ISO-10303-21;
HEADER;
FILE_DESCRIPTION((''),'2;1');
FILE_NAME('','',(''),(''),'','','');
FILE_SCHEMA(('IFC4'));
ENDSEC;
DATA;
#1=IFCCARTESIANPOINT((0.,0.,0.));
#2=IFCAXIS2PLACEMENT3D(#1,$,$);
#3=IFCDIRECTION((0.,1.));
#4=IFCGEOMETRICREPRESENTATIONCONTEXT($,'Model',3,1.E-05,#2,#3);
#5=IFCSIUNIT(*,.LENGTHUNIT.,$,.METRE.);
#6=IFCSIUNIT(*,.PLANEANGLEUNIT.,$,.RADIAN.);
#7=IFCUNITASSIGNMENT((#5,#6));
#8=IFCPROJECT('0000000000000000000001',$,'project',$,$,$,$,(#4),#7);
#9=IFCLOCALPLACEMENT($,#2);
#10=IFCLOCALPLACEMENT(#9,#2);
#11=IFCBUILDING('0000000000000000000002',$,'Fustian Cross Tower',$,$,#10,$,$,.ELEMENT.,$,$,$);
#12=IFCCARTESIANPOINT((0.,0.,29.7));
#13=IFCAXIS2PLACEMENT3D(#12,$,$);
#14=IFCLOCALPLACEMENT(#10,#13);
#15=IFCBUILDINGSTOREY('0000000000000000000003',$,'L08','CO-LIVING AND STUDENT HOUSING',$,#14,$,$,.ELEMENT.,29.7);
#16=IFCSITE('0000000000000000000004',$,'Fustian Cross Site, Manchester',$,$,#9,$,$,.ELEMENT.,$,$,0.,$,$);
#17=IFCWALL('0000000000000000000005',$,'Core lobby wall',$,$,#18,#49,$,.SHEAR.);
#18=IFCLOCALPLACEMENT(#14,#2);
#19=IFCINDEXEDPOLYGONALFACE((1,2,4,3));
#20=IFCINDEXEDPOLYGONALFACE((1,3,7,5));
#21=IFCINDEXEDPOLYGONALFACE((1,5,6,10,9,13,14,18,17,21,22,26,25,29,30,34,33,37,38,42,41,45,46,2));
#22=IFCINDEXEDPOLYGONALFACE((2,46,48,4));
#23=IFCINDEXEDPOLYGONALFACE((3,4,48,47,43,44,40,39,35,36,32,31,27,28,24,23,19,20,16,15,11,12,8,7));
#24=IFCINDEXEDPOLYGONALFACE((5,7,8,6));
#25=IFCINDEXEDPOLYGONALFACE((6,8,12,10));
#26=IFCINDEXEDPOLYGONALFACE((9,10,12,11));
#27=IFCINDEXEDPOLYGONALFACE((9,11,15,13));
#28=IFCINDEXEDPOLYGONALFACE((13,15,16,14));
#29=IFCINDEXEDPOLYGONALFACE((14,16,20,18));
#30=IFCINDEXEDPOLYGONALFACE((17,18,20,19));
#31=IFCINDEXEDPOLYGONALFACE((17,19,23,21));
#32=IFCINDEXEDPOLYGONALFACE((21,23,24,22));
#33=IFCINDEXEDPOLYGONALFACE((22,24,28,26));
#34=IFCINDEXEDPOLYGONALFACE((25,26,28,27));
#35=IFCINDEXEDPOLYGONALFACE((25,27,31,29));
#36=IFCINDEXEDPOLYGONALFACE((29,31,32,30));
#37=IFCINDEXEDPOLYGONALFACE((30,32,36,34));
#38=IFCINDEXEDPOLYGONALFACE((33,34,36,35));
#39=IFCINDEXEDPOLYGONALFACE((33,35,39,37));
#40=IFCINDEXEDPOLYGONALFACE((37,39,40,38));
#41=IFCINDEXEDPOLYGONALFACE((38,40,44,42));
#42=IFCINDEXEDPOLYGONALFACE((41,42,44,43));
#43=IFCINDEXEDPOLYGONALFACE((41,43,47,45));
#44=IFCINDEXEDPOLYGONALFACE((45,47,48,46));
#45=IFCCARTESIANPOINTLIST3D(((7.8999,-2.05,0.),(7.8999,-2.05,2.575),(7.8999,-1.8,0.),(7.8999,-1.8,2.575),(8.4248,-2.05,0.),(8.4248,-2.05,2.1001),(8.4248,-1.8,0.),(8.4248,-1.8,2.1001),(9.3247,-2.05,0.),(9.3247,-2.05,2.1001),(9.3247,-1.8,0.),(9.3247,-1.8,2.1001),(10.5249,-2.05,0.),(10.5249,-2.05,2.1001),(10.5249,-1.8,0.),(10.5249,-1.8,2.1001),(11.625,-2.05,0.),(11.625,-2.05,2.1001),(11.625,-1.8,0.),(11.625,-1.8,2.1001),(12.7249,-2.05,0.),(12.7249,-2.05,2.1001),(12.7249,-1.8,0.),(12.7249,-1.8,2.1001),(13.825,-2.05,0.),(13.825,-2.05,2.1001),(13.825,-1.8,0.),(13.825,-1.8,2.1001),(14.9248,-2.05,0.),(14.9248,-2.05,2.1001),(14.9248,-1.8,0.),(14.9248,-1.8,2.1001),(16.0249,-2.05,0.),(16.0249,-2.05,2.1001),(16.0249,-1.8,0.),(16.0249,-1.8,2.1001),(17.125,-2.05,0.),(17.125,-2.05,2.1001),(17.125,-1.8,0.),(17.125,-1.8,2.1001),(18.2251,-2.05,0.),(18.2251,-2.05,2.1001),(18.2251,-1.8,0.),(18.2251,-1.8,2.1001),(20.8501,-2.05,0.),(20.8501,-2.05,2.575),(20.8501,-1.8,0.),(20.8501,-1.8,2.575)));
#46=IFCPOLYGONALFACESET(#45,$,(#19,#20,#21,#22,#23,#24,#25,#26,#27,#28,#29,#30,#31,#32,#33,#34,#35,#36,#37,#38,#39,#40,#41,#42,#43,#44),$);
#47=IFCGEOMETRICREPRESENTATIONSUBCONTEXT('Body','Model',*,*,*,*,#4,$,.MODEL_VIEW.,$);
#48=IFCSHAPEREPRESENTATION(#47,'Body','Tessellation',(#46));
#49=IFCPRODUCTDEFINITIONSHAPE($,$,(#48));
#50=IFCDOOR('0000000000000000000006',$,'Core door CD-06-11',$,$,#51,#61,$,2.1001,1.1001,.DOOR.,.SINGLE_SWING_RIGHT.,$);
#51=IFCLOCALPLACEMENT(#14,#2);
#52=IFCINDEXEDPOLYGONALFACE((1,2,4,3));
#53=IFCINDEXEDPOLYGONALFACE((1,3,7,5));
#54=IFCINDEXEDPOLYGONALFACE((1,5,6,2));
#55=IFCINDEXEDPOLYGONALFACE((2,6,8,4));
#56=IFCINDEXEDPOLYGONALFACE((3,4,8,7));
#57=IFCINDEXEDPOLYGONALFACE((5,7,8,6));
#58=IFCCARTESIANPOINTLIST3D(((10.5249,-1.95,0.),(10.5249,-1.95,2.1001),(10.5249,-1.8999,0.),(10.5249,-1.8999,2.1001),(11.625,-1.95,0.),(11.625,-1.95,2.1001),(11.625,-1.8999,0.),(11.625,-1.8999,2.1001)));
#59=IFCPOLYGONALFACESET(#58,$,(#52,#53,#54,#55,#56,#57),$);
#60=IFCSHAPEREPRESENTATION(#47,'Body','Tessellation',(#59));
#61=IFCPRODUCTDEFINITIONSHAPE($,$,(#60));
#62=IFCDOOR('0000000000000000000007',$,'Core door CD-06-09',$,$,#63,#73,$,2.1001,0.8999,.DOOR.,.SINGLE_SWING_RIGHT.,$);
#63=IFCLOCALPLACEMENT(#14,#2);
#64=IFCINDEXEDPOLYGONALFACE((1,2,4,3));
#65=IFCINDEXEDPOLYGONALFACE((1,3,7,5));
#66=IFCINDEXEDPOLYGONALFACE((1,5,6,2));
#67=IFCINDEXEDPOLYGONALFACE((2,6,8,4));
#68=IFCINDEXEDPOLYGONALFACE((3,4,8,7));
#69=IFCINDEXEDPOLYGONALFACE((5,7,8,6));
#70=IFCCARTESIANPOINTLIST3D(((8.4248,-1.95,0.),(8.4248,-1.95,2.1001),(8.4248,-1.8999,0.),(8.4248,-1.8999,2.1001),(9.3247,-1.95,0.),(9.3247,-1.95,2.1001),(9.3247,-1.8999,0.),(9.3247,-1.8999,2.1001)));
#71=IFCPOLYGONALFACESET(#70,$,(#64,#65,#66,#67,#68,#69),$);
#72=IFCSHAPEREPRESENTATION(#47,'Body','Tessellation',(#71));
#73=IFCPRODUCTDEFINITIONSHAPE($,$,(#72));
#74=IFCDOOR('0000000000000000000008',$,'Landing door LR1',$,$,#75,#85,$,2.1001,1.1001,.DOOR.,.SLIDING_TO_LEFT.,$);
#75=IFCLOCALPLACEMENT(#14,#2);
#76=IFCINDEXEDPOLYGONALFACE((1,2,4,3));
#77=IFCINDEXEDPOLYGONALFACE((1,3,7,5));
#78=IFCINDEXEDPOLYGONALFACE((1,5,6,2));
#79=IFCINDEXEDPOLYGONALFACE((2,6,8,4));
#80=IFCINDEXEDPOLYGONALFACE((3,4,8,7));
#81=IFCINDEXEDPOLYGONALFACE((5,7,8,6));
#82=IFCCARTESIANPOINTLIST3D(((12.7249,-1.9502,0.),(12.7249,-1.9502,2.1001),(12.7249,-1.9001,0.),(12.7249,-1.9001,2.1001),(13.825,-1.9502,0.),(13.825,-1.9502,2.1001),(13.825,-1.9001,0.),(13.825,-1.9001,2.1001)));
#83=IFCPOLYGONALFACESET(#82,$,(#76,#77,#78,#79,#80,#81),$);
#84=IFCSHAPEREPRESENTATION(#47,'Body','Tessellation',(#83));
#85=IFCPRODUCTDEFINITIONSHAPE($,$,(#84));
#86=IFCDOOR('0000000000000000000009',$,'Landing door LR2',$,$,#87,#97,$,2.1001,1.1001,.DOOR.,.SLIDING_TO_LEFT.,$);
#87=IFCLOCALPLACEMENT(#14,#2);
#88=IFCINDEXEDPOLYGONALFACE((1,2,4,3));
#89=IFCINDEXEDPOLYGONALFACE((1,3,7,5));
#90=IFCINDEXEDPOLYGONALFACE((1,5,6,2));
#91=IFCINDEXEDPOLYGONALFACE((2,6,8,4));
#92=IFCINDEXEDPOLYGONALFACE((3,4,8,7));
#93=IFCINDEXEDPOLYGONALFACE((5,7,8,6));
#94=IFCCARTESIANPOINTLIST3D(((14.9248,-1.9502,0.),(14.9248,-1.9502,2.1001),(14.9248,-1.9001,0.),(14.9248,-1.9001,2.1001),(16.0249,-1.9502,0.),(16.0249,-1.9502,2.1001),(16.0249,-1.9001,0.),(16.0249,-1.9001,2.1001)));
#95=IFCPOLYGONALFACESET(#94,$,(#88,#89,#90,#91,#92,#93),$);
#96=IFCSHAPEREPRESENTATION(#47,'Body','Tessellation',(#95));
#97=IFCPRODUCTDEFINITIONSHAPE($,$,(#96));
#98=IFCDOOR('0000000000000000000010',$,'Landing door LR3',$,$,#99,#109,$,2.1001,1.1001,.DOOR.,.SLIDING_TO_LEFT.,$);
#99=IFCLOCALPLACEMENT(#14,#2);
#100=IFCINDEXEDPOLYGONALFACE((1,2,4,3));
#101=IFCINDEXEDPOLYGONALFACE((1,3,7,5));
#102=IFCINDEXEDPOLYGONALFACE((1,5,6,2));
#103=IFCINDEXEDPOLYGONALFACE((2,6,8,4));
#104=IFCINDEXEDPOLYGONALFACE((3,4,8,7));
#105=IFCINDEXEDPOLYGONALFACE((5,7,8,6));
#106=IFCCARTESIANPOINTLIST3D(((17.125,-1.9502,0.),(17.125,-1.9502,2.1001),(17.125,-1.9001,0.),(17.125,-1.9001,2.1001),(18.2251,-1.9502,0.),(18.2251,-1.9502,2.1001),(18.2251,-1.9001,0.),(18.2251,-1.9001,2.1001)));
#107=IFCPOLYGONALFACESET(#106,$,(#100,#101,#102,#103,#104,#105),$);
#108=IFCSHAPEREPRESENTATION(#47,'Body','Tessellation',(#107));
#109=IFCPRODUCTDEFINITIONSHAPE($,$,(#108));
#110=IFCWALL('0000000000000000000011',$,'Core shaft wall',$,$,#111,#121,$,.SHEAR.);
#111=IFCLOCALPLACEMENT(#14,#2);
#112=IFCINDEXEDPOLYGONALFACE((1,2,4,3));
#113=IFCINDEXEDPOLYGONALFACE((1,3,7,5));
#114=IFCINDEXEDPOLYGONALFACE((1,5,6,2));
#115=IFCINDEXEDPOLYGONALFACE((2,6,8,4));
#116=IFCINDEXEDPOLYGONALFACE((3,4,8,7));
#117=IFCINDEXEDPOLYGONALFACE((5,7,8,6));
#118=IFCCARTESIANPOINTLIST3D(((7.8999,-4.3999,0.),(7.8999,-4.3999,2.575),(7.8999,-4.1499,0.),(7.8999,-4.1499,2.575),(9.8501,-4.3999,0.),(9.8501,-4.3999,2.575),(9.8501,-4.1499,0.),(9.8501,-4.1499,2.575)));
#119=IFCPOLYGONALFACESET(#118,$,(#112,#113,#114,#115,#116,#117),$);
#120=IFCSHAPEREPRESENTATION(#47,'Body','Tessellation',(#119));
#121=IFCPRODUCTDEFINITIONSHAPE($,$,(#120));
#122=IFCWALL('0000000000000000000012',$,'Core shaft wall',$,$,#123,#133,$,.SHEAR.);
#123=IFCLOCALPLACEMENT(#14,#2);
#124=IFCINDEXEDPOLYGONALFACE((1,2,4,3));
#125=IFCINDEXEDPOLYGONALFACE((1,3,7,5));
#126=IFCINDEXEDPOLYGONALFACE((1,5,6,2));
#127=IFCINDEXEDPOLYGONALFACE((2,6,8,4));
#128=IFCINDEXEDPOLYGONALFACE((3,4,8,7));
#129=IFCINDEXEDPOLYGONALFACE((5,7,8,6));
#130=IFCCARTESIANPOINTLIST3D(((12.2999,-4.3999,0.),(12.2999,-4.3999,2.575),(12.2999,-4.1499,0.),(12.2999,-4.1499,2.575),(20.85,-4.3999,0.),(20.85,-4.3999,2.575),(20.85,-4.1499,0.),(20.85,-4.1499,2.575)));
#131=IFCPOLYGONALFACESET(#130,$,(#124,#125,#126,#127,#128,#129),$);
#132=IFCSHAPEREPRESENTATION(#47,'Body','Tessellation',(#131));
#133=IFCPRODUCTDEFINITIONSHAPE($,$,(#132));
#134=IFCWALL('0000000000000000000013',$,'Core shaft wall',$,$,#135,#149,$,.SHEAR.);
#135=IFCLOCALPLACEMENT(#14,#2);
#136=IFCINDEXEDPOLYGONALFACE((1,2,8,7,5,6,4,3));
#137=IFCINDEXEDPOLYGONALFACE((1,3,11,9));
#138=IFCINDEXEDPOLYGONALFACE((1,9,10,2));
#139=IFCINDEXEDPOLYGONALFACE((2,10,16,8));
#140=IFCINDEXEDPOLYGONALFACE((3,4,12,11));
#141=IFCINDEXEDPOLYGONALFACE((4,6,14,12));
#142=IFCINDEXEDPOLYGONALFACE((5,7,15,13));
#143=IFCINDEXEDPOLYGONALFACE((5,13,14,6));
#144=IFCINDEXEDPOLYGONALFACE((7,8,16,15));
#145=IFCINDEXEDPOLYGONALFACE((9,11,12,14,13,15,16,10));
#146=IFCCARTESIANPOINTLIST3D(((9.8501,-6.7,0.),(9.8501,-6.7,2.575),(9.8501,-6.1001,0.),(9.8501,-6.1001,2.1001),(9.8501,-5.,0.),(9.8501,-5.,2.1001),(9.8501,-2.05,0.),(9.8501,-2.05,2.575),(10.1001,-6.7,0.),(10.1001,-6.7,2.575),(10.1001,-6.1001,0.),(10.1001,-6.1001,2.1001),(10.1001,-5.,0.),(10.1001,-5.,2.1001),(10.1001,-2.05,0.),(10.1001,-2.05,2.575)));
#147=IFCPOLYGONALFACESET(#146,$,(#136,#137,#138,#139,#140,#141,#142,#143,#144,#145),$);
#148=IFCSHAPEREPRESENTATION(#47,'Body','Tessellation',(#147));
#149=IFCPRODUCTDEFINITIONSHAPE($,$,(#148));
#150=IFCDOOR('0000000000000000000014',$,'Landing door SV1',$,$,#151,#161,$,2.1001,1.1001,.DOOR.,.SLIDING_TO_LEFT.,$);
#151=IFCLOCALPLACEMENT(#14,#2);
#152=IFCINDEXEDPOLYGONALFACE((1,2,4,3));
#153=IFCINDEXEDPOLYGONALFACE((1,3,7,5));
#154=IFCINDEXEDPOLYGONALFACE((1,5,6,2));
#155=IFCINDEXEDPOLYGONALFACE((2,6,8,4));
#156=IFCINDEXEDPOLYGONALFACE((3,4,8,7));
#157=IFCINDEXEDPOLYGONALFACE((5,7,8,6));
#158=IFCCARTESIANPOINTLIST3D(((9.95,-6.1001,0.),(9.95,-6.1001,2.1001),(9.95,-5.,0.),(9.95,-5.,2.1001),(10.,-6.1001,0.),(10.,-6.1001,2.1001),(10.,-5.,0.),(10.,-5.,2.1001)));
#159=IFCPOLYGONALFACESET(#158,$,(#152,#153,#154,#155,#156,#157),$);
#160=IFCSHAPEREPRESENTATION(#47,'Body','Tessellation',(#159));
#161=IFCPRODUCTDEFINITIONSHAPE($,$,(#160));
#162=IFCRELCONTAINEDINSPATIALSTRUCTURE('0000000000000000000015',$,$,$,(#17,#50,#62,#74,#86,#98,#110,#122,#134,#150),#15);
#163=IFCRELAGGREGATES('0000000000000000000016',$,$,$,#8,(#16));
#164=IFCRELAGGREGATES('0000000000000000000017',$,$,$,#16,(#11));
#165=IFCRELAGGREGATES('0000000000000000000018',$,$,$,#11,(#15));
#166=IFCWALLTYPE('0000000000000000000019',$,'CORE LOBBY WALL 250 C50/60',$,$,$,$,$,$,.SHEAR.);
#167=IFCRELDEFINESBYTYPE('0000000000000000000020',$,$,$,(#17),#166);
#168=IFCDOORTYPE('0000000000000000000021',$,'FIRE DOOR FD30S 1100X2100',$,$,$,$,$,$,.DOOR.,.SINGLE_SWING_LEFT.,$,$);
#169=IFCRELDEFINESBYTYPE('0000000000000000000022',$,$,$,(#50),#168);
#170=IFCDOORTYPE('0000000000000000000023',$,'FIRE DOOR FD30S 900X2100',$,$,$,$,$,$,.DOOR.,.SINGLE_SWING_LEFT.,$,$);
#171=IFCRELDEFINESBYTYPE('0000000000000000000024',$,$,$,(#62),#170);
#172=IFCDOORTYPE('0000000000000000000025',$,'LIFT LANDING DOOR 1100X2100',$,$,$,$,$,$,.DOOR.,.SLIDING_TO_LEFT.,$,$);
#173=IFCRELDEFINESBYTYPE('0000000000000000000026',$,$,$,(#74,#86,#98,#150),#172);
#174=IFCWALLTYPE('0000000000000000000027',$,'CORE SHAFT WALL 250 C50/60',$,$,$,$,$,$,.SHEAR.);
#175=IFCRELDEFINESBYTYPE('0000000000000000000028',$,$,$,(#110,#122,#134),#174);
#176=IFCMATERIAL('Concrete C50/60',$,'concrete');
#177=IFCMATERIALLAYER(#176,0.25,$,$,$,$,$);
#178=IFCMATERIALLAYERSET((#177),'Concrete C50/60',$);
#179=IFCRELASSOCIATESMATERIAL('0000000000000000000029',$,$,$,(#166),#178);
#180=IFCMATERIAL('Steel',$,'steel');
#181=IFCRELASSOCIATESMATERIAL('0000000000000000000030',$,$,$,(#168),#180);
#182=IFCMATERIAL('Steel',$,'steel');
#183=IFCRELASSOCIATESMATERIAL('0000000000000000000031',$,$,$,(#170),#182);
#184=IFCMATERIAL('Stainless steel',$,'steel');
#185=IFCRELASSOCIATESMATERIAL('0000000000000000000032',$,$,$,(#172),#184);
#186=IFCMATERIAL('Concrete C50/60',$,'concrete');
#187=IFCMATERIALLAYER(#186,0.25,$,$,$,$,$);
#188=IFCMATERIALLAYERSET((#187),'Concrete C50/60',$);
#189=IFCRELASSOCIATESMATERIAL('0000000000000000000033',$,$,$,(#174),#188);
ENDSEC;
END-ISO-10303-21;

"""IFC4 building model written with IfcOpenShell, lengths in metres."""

from ifc_helpers import new_model, si_unit, direction, frame, frame_2d, origin, place, context, subcontext, project, spatial, rectangle, extrude, material, layer, layer_set, type_object, element, fill, save


model = new_model("IFC4")

# Units and contexts
model_context = context("Model", 3, precision=1e-05, world=origin(), true_north=direction((0.0, 1.0)))
body_context = subcontext(model_context, "Body", "Model", "MODEL_VIEW")
ifc_project = project(units=[si_unit("LENGTHUNIT", "METRE"), si_unit("PLANEANGLEUNIT", "RADIAN")], contexts=[model_context])

# Site, building, storey
site_placement = place(None, origin())
site = spatial("IfcSite", under=ifc_project, at=site_placement, Name="Fustian Cross Site, Manchester", CompositionType="ELEMENT", RefElevation=0.0)
building_placement = place(site_placement, origin())
building = spatial("IfcBuilding", under=site, at=building_placement, Name="Fustian Cross Tower", CompositionType="ELEMENT")
storey_placement = place(building_placement, frame((0.0, 0.0, 29.7)))
storey = spatial("IfcBuildingStorey", under=building, at=storey_placement, Name="L08", Description="CO-LIVING AND STUDENT HOUSING", CompositionType="ELEMENT", Elevation=29.7)

# Wall, openings, doors
ifc_material_1 = material(Name="Concrete C50/60", Category="concrete")
ifc_layer_1 = layer(ifc_material_1, 0.25)
ifc_layer_set_1 = layer_set([ifc_layer_1], Name="Concrete C50/60")
wall_type_1 = type_object("IfcWallType", Name="CORE LOBBY WALL 250 C50/60", PredefinedType="SHEAR", material=ifc_layer_set_1)
wall_1_placement = place(storey_placement, frame((7.8999, -1.925, 0.0), z_axis=(0.0, 0.0, 1.0), x_axis=(1.0, 0.0, 0.0)))
wall_1 = element("IfcWall", 1, at=wall_1_placement, inside=storey, type_object=wall_type_1, Name="Core lobby wall", PredefinedType="SHEAR", context=body_context, shape_type="SweptSolid", body=[
    extrude(rectangle(XDim=12.9502, YDim=0.25, at=frame_2d((6.4751, 0.0))), origin(), (0.0, 0.0, 1.0), 2.575),
])
opening_1_placement = place(wall_1_placement, frame((4.825, 0.0, 0.0)))
opening_1 = element("IfcOpeningElement", 2, at=opening_1_placement, cuts=wall_1, PredefinedType="OPENING", context=body_context, shape_type="SweptSolid", body=[
    extrude(rectangle(XDim=1.1001, YDim=2.1001, at=frame_2d((0.55, 1.05))), frame((0.0, 0.135, 0.0), z_axis=(0.0, -1.0, 0.0), x_axis=(1.0, 0.0, 0.0)), (0.0, 0.0, 1.0), 0.27),
])
opening_2_placement = place(wall_1_placement, frame((7.0249, 0.0, 0.0)))
opening_2 = element("IfcOpeningElement", 3, at=opening_2_placement, cuts=wall_1, PredefinedType="OPENING", context=body_context, shape_type="SweptSolid", body=[
    extrude(rectangle(XDim=1.1001, YDim=2.1001, at=frame_2d((0.55, 1.05))), frame((0.0, 0.135, 0.0), z_axis=(0.0, -1.0, 0.0), x_axis=(1.0, 0.0, 0.0)), (0.0, 0.0, 1.0), 0.27),
])
opening_3_placement = place(wall_1_placement, frame((9.2251, 0.0, 0.0)))
opening_3 = element("IfcOpeningElement", 4, at=opening_3_placement, cuts=wall_1, PredefinedType="OPENING", context=body_context, shape_type="SweptSolid", body=[
    extrude(rectangle(XDim=1.1001, YDim=2.1001, at=frame_2d((0.55, 1.05))), frame((0.0, 0.135, 0.0), z_axis=(0.0, -1.0, 0.0), x_axis=(1.0, 0.0, 0.0)), (0.0, 0.0, 1.0), 0.27),
])
opening_4_placement = place(wall_1_placement, frame((0.5249, 0.0, 0.0)))
opening_4 = element("IfcOpeningElement", 5, at=opening_4_placement, cuts=wall_1, PredefinedType="OPENING", context=body_context, shape_type="SweptSolid", body=[
    extrude(rectangle(XDim=0.8999, YDim=2.1001, at=frame_2d((0.45, 1.05))), frame((0.0, 0.135, 0.0), z_axis=(0.0, -1.0, 0.0), x_axis=(1.0, 0.0, 0.0)), (0.0, 0.0, 1.0), 0.27),
])
opening_5_placement = place(wall_1_placement, frame((2.625, 0.0, 0.0)))
opening_5 = element("IfcOpeningElement", 6, at=opening_5_placement, cuts=wall_1, PredefinedType="OPENING", context=body_context, shape_type="SweptSolid", body=[
    extrude(rectangle(XDim=1.1001, YDim=2.1001, at=frame_2d((0.55, 1.05))), frame((0.0, 0.135, 0.0), z_axis=(0.0, -1.0, 0.0), x_axis=(1.0, 0.0, 0.0)), (0.0, 0.0, 1.0), 0.27),
])
ifc_material_2 = material(Name="Steel", Category="steel")
door_type_1 = type_object("IfcDoorType", Name="FIRE DOOR FD30S 1100X2100", OperationType="SINGLE_SWING_LEFT", PredefinedType="DOOR", material=ifc_material_2)
door_1_placement = place(opening_5_placement, frame((1.1001, 0.0, 0.0), z_axis=(0.0, 0.0, 1.0), x_axis=(-1.0, 0.0, 0.0)))
door_1 = element("IfcDoor", 7, at=door_1_placement, inside=storey, type_object=door_type_1, Name="Core door CD-06-11", OperationType="SINGLE_SWING_RIGHT", OverallHeight=2.1001, OverallWidth=1.1001, PredefinedType="DOOR", context=body_context, shape_type="SweptSolid", body=[
    extrude(rectangle(XDim=1.1001, YDim=2.1001, at=frame_2d((0.55, 1.05))), frame((0.0, 0.0249, 0.0), z_axis=(0.0, -1.0, 0.0), x_axis=(1.0, 0.0, 0.0)), (0.0, 0.0, 1.0), 0.05),
])
fill(opening_5, door_1)
ifc_material_3 = material(Name="Steel", Category="steel")
door_type_2 = type_object("IfcDoorType", Name="FIRE DOOR FD30S 900X2100", OperationType="SINGLE_SWING_LEFT", PredefinedType="DOOR", material=ifc_material_3)
door_2_placement = place(opening_4_placement, frame((0.8999, 0.0, 0.0), z_axis=(0.0, 0.0, 1.0), x_axis=(-1.0, 0.0, 0.0)))
door_2 = element("IfcDoor", 8, at=door_2_placement, inside=storey, type_object=door_type_2, Name="Core door CD-06-09", OperationType="SINGLE_SWING_RIGHT", OverallHeight=2.1001, OverallWidth=0.8999, PredefinedType="DOOR", context=body_context, shape_type="SweptSolid", body=[
    extrude(rectangle(XDim=0.8999, YDim=2.1001, at=frame_2d((0.45, 1.05))), frame((0.0, 0.0249, 0.0), z_axis=(0.0, -1.0, 0.0), x_axis=(1.0, 0.0, 0.0)), (0.0, 0.0, 1.0), 0.05),
])
fill(opening_4, door_2)
ifc_material_4 = material(Name="Stainless steel", Category="steel")
door_type_3 = type_object("IfcDoorType", Name="LIFT LANDING DOOR 1100X2100", OperationType="SLIDING_TO_LEFT", PredefinedType="DOOR", material=ifc_material_4)
door_3_placement = place(opening_1_placement, origin())
door_3 = element("IfcDoor", 9, at=door_3_placement, inside=storey, type_object=door_type_3, Name="Landing door LR1", OperationType="SLIDING_TO_LEFT", OverallHeight=2.1001, OverallWidth=1.1001, PredefinedType="DOOR", context=body_context, shape_type="SweptSolid", body=[
    extrude(rectangle(XDim=1.1001, YDim=2.1001, at=frame_2d((0.55, 1.05))), frame((0.0, 0.0249, 0.0), z_axis=(0.0, -1.0, 0.0), x_axis=(1.0, 0.0, 0.0)), (0.0, 0.0, 1.0), 0.05),
])
fill(opening_1, door_3)
door_4_placement = place(opening_2_placement, origin())
door_4 = element("IfcDoor", 10, at=door_4_placement, inside=storey, type_object=door_type_3, Name="Landing door LR2", OperationType="SLIDING_TO_LEFT", OverallHeight=2.1001, OverallWidth=1.1001, PredefinedType="DOOR", context=body_context, shape_type="SweptSolid", body=[
    extrude(rectangle(XDim=1.1001, YDim=2.1001, at=frame_2d((0.55, 1.05))), frame((0.0, 0.0249, 0.0), z_axis=(0.0, -1.0, 0.0), x_axis=(1.0, 0.0, 0.0)), (0.0, 0.0, 1.0), 0.05),
])
fill(opening_2, door_4)
door_5_placement = place(opening_3_placement, origin())
door_5 = element("IfcDoor", 11, at=door_5_placement, inside=storey, type_object=door_type_3, Name="Landing door LR3", OperationType="SLIDING_TO_LEFT", OverallHeight=2.1001, OverallWidth=1.1001, PredefinedType="DOOR", context=body_context, shape_type="SweptSolid", body=[
    extrude(rectangle(XDim=1.1001, YDim=2.1001, at=frame_2d((0.55, 1.05))), frame((0.0, 0.0249, 0.0), z_axis=(0.0, -1.0, 0.0), x_axis=(1.0, 0.0, 0.0)), (0.0, 0.0, 1.0), 0.05),
])
fill(opening_3, door_5)

# Walls
ifc_material_5 = material(Name="Concrete C50/60", Category="concrete")
ifc_layer_2 = layer(ifc_material_5, 0.25)
ifc_layer_set_2 = layer_set([ifc_layer_2], Name="Concrete C50/60")
wall_type_2 = type_object("IfcWallType", Name="CORE SHAFT WALL 250 C50/60", PredefinedType="SHEAR", material=ifc_layer_set_2)
wall_2_placement = place(storey_placement, frame((7.8999, -4.2749, 0.0), z_axis=(0.0, 0.0, 1.0), x_axis=(1.0, 0.0, 0.0)))
element("IfcWall", 12, at=wall_2_placement, inside=storey, type_object=wall_type_2, Name="Core shaft wall", PredefinedType="SHEAR", context=body_context, shape_type="SweptSolid", body=[
    extrude(rectangle(XDim=1.9502, YDim=0.25, at=frame_2d((0.9751, 0.0))), origin(), (0.0, 0.0, 1.0), 2.575),
])
wall_3_placement = place(storey_placement, frame((12.3, -4.2749, 0.0), z_axis=(0.0, 0.0, 1.0), x_axis=(1.0, 0.0, 0.0)))
element("IfcWall", 13, at=wall_3_placement, inside=storey, type_object=wall_type_2, Name="Core shaft wall", PredefinedType="SHEAR", context=body_context, shape_type="SweptSolid", body=[
    extrude(rectangle(XDim=8.55, YDim=0.25, at=frame_2d((4.2749, 0.0))), origin(), (0.0, 0.0, 1.0), 2.575),
])

# Wall, opening, door
wall_4_placement = place(storey_placement, frame((9.9751, -2.05, 0.0), z_axis=(0.0, 0.0, 1.0), x_axis=(0.0, -1.0, 0.0)))
wall_4 = element("IfcWall", 14, at=wall_4_placement, inside=storey, type_object=wall_type_2, Name="Core shaft wall", PredefinedType="SHEAR", context=body_context, shape_type="SweptSolid", body=[
    extrude(rectangle(XDim=4.6499, YDim=0.25, at=frame_2d((2.325, 0.0))), origin(), (0.0, 0.0, 1.0), 2.575),
])
opening_6_placement = place(wall_4_placement, frame((2.95, 0.0, 0.0)))
opening_6 = element("IfcOpeningElement", 15, at=opening_6_placement, cuts=wall_4, PredefinedType="OPENING", context=body_context, shape_type="SweptSolid", body=[
    extrude(rectangle(XDim=1.1001, YDim=2.1001, at=frame_2d((0.55, 1.05))), frame((0.0, 0.135, 0.0), z_axis=(0.0, -1.0, 0.0), x_axis=(1.0, 0.0, 0.0)), (0.0, 0.0, 1.0), 0.27),
])
door_6_placement = place(opening_6_placement, origin())
door_6 = element("IfcDoor", 16, at=door_6_placement, inside=storey, type_object=door_type_3, Name="Landing door SV1", OperationType="SLIDING_TO_LEFT", OverallHeight=2.1001, OverallWidth=1.1001, PredefinedType="DOOR", context=body_context, shape_type="SweptSolid", body=[
    extrude(rectangle(XDim=1.1001, YDim=2.1001, at=frame_2d((0.55, 1.05))), frame((0.0, 0.0249, 0.0), z_axis=(0.0, -1.0, 0.0), x_axis=(1.0, 0.0, 0.0)), (0.0, 0.0, 1.0), 0.05),
])
fill(opening_6, door_6)

save(model, "model.ifc")
